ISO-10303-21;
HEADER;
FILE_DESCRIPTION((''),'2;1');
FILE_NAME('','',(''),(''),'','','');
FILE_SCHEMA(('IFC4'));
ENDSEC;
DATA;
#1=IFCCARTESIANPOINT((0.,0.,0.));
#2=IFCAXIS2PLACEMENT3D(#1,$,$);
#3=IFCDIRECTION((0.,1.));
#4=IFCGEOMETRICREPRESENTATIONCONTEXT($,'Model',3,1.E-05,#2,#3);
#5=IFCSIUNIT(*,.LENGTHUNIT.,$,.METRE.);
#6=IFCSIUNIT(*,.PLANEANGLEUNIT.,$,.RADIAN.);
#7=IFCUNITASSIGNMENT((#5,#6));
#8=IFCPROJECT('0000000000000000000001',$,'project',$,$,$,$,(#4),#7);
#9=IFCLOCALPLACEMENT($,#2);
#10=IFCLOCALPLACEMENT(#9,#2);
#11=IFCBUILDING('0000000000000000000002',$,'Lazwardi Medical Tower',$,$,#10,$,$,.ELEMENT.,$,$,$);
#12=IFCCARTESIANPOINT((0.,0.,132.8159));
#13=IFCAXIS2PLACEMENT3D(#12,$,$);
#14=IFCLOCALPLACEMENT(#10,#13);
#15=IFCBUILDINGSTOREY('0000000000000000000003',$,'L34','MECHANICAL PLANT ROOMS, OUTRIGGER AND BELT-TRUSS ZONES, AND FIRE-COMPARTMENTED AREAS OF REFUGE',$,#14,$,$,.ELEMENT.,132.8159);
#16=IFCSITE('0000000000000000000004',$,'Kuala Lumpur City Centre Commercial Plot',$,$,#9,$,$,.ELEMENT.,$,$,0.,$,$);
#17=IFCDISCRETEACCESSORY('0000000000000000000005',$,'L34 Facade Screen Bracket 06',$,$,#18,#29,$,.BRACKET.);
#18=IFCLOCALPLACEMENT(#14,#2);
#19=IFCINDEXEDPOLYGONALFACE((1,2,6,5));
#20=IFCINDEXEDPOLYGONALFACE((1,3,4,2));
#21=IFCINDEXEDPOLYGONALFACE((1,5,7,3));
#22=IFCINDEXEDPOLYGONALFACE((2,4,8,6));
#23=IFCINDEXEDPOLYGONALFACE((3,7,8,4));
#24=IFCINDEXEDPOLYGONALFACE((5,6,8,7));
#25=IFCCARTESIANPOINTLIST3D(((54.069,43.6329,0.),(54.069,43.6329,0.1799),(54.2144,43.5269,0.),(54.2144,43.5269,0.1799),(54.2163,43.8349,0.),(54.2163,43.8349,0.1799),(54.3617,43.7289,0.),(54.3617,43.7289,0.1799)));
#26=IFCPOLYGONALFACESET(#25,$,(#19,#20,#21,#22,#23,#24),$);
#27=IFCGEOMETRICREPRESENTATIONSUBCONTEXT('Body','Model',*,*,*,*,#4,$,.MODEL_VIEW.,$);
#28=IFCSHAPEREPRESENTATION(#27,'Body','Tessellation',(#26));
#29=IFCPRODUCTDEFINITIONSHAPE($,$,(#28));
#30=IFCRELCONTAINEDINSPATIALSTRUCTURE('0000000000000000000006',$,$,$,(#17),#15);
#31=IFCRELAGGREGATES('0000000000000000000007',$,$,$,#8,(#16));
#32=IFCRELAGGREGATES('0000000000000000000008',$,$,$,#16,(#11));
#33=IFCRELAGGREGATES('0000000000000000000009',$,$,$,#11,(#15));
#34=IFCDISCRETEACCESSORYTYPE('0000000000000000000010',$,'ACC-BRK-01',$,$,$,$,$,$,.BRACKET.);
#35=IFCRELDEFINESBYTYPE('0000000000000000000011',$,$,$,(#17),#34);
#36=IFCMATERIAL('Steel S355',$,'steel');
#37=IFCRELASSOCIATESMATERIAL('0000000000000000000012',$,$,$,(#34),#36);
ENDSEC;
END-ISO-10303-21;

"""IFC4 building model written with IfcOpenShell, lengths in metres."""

from ifc_helpers import new_model, si_unit, direction, frame, origin, origin_2d, place, context, subcontext, project, spatial, rectangle, extrude, material, type_object, element, save


model = new_model("IFC4")

# Units and contexts
model_context = context("Model", 3, precision=1e-05, world=origin(), true_north=direction((0.0, 1.0)))
body_context = subcontext(model_context, "Body", "Model", "MODEL_VIEW")
ifc_project = project(units=[si_unit("LENGTHUNIT", "METRE"), si_unit("PLANEANGLEUNIT", "RADIAN")], contexts=[model_context])

# Site, building, storey
site_placement = place(None, origin())
site = spatial("IfcSite", under=ifc_project, at=site_placement, Name="Kuala Lumpur City Centre Commercial Plot", CompositionType="ELEMENT", RefElevation=0.0)
building_placement = place(site_placement, origin())
building = spatial("IfcBuilding", under=site, at=building_placement, Name="Lazwardi Medical Tower", CompositionType="ELEMENT")
storey_placement = place(building_placement, frame((0.0, 0.0, 132.8159)))
storey = spatial("IfcBuildingStorey", under=building, at=storey_placement, Name="L34", Description="MECHANICAL PLANT ROOMS, OUTRIGGER AND BELT-TRUSS ZONES, AND FIRE-COMPARTMENTED AREAS OF REFUGE", CompositionType="ELEMENT", Elevation=132.8159)

# Shared definitions
ifc_material_1 = material(Name="Steel S355", Category="steel")

# Discrete accessory
discrete_accessory_type = type_object("IfcDiscreteAccessoryType", Name="ACC-BRK-01", PredefinedType="BRACKET", material=ifc_material_1)
discrete_accessory_placement = place(storey_placement, frame((54.2153, 43.6809, 0.0), z_axis=(0.0, 0.0, 1.0), x_axis=(-0.808043, 0.589123, 0.0)))
element("IfcDiscreteAccessory", 1, at=discrete_accessory_placement, inside=storey, type_object=discrete_accessory_type, Name="L34 Facade Screen Bracket 06", PredefinedType="BRACKET", context=body_context, shape_type="SweptSolid", body=[
    extrude(rectangle(XDim=0.1799, YDim=0.25, at=origin_2d()), origin(), (0.0, 0.0, 1.0), 0.1799),
])

save(model, "model.ifc")
